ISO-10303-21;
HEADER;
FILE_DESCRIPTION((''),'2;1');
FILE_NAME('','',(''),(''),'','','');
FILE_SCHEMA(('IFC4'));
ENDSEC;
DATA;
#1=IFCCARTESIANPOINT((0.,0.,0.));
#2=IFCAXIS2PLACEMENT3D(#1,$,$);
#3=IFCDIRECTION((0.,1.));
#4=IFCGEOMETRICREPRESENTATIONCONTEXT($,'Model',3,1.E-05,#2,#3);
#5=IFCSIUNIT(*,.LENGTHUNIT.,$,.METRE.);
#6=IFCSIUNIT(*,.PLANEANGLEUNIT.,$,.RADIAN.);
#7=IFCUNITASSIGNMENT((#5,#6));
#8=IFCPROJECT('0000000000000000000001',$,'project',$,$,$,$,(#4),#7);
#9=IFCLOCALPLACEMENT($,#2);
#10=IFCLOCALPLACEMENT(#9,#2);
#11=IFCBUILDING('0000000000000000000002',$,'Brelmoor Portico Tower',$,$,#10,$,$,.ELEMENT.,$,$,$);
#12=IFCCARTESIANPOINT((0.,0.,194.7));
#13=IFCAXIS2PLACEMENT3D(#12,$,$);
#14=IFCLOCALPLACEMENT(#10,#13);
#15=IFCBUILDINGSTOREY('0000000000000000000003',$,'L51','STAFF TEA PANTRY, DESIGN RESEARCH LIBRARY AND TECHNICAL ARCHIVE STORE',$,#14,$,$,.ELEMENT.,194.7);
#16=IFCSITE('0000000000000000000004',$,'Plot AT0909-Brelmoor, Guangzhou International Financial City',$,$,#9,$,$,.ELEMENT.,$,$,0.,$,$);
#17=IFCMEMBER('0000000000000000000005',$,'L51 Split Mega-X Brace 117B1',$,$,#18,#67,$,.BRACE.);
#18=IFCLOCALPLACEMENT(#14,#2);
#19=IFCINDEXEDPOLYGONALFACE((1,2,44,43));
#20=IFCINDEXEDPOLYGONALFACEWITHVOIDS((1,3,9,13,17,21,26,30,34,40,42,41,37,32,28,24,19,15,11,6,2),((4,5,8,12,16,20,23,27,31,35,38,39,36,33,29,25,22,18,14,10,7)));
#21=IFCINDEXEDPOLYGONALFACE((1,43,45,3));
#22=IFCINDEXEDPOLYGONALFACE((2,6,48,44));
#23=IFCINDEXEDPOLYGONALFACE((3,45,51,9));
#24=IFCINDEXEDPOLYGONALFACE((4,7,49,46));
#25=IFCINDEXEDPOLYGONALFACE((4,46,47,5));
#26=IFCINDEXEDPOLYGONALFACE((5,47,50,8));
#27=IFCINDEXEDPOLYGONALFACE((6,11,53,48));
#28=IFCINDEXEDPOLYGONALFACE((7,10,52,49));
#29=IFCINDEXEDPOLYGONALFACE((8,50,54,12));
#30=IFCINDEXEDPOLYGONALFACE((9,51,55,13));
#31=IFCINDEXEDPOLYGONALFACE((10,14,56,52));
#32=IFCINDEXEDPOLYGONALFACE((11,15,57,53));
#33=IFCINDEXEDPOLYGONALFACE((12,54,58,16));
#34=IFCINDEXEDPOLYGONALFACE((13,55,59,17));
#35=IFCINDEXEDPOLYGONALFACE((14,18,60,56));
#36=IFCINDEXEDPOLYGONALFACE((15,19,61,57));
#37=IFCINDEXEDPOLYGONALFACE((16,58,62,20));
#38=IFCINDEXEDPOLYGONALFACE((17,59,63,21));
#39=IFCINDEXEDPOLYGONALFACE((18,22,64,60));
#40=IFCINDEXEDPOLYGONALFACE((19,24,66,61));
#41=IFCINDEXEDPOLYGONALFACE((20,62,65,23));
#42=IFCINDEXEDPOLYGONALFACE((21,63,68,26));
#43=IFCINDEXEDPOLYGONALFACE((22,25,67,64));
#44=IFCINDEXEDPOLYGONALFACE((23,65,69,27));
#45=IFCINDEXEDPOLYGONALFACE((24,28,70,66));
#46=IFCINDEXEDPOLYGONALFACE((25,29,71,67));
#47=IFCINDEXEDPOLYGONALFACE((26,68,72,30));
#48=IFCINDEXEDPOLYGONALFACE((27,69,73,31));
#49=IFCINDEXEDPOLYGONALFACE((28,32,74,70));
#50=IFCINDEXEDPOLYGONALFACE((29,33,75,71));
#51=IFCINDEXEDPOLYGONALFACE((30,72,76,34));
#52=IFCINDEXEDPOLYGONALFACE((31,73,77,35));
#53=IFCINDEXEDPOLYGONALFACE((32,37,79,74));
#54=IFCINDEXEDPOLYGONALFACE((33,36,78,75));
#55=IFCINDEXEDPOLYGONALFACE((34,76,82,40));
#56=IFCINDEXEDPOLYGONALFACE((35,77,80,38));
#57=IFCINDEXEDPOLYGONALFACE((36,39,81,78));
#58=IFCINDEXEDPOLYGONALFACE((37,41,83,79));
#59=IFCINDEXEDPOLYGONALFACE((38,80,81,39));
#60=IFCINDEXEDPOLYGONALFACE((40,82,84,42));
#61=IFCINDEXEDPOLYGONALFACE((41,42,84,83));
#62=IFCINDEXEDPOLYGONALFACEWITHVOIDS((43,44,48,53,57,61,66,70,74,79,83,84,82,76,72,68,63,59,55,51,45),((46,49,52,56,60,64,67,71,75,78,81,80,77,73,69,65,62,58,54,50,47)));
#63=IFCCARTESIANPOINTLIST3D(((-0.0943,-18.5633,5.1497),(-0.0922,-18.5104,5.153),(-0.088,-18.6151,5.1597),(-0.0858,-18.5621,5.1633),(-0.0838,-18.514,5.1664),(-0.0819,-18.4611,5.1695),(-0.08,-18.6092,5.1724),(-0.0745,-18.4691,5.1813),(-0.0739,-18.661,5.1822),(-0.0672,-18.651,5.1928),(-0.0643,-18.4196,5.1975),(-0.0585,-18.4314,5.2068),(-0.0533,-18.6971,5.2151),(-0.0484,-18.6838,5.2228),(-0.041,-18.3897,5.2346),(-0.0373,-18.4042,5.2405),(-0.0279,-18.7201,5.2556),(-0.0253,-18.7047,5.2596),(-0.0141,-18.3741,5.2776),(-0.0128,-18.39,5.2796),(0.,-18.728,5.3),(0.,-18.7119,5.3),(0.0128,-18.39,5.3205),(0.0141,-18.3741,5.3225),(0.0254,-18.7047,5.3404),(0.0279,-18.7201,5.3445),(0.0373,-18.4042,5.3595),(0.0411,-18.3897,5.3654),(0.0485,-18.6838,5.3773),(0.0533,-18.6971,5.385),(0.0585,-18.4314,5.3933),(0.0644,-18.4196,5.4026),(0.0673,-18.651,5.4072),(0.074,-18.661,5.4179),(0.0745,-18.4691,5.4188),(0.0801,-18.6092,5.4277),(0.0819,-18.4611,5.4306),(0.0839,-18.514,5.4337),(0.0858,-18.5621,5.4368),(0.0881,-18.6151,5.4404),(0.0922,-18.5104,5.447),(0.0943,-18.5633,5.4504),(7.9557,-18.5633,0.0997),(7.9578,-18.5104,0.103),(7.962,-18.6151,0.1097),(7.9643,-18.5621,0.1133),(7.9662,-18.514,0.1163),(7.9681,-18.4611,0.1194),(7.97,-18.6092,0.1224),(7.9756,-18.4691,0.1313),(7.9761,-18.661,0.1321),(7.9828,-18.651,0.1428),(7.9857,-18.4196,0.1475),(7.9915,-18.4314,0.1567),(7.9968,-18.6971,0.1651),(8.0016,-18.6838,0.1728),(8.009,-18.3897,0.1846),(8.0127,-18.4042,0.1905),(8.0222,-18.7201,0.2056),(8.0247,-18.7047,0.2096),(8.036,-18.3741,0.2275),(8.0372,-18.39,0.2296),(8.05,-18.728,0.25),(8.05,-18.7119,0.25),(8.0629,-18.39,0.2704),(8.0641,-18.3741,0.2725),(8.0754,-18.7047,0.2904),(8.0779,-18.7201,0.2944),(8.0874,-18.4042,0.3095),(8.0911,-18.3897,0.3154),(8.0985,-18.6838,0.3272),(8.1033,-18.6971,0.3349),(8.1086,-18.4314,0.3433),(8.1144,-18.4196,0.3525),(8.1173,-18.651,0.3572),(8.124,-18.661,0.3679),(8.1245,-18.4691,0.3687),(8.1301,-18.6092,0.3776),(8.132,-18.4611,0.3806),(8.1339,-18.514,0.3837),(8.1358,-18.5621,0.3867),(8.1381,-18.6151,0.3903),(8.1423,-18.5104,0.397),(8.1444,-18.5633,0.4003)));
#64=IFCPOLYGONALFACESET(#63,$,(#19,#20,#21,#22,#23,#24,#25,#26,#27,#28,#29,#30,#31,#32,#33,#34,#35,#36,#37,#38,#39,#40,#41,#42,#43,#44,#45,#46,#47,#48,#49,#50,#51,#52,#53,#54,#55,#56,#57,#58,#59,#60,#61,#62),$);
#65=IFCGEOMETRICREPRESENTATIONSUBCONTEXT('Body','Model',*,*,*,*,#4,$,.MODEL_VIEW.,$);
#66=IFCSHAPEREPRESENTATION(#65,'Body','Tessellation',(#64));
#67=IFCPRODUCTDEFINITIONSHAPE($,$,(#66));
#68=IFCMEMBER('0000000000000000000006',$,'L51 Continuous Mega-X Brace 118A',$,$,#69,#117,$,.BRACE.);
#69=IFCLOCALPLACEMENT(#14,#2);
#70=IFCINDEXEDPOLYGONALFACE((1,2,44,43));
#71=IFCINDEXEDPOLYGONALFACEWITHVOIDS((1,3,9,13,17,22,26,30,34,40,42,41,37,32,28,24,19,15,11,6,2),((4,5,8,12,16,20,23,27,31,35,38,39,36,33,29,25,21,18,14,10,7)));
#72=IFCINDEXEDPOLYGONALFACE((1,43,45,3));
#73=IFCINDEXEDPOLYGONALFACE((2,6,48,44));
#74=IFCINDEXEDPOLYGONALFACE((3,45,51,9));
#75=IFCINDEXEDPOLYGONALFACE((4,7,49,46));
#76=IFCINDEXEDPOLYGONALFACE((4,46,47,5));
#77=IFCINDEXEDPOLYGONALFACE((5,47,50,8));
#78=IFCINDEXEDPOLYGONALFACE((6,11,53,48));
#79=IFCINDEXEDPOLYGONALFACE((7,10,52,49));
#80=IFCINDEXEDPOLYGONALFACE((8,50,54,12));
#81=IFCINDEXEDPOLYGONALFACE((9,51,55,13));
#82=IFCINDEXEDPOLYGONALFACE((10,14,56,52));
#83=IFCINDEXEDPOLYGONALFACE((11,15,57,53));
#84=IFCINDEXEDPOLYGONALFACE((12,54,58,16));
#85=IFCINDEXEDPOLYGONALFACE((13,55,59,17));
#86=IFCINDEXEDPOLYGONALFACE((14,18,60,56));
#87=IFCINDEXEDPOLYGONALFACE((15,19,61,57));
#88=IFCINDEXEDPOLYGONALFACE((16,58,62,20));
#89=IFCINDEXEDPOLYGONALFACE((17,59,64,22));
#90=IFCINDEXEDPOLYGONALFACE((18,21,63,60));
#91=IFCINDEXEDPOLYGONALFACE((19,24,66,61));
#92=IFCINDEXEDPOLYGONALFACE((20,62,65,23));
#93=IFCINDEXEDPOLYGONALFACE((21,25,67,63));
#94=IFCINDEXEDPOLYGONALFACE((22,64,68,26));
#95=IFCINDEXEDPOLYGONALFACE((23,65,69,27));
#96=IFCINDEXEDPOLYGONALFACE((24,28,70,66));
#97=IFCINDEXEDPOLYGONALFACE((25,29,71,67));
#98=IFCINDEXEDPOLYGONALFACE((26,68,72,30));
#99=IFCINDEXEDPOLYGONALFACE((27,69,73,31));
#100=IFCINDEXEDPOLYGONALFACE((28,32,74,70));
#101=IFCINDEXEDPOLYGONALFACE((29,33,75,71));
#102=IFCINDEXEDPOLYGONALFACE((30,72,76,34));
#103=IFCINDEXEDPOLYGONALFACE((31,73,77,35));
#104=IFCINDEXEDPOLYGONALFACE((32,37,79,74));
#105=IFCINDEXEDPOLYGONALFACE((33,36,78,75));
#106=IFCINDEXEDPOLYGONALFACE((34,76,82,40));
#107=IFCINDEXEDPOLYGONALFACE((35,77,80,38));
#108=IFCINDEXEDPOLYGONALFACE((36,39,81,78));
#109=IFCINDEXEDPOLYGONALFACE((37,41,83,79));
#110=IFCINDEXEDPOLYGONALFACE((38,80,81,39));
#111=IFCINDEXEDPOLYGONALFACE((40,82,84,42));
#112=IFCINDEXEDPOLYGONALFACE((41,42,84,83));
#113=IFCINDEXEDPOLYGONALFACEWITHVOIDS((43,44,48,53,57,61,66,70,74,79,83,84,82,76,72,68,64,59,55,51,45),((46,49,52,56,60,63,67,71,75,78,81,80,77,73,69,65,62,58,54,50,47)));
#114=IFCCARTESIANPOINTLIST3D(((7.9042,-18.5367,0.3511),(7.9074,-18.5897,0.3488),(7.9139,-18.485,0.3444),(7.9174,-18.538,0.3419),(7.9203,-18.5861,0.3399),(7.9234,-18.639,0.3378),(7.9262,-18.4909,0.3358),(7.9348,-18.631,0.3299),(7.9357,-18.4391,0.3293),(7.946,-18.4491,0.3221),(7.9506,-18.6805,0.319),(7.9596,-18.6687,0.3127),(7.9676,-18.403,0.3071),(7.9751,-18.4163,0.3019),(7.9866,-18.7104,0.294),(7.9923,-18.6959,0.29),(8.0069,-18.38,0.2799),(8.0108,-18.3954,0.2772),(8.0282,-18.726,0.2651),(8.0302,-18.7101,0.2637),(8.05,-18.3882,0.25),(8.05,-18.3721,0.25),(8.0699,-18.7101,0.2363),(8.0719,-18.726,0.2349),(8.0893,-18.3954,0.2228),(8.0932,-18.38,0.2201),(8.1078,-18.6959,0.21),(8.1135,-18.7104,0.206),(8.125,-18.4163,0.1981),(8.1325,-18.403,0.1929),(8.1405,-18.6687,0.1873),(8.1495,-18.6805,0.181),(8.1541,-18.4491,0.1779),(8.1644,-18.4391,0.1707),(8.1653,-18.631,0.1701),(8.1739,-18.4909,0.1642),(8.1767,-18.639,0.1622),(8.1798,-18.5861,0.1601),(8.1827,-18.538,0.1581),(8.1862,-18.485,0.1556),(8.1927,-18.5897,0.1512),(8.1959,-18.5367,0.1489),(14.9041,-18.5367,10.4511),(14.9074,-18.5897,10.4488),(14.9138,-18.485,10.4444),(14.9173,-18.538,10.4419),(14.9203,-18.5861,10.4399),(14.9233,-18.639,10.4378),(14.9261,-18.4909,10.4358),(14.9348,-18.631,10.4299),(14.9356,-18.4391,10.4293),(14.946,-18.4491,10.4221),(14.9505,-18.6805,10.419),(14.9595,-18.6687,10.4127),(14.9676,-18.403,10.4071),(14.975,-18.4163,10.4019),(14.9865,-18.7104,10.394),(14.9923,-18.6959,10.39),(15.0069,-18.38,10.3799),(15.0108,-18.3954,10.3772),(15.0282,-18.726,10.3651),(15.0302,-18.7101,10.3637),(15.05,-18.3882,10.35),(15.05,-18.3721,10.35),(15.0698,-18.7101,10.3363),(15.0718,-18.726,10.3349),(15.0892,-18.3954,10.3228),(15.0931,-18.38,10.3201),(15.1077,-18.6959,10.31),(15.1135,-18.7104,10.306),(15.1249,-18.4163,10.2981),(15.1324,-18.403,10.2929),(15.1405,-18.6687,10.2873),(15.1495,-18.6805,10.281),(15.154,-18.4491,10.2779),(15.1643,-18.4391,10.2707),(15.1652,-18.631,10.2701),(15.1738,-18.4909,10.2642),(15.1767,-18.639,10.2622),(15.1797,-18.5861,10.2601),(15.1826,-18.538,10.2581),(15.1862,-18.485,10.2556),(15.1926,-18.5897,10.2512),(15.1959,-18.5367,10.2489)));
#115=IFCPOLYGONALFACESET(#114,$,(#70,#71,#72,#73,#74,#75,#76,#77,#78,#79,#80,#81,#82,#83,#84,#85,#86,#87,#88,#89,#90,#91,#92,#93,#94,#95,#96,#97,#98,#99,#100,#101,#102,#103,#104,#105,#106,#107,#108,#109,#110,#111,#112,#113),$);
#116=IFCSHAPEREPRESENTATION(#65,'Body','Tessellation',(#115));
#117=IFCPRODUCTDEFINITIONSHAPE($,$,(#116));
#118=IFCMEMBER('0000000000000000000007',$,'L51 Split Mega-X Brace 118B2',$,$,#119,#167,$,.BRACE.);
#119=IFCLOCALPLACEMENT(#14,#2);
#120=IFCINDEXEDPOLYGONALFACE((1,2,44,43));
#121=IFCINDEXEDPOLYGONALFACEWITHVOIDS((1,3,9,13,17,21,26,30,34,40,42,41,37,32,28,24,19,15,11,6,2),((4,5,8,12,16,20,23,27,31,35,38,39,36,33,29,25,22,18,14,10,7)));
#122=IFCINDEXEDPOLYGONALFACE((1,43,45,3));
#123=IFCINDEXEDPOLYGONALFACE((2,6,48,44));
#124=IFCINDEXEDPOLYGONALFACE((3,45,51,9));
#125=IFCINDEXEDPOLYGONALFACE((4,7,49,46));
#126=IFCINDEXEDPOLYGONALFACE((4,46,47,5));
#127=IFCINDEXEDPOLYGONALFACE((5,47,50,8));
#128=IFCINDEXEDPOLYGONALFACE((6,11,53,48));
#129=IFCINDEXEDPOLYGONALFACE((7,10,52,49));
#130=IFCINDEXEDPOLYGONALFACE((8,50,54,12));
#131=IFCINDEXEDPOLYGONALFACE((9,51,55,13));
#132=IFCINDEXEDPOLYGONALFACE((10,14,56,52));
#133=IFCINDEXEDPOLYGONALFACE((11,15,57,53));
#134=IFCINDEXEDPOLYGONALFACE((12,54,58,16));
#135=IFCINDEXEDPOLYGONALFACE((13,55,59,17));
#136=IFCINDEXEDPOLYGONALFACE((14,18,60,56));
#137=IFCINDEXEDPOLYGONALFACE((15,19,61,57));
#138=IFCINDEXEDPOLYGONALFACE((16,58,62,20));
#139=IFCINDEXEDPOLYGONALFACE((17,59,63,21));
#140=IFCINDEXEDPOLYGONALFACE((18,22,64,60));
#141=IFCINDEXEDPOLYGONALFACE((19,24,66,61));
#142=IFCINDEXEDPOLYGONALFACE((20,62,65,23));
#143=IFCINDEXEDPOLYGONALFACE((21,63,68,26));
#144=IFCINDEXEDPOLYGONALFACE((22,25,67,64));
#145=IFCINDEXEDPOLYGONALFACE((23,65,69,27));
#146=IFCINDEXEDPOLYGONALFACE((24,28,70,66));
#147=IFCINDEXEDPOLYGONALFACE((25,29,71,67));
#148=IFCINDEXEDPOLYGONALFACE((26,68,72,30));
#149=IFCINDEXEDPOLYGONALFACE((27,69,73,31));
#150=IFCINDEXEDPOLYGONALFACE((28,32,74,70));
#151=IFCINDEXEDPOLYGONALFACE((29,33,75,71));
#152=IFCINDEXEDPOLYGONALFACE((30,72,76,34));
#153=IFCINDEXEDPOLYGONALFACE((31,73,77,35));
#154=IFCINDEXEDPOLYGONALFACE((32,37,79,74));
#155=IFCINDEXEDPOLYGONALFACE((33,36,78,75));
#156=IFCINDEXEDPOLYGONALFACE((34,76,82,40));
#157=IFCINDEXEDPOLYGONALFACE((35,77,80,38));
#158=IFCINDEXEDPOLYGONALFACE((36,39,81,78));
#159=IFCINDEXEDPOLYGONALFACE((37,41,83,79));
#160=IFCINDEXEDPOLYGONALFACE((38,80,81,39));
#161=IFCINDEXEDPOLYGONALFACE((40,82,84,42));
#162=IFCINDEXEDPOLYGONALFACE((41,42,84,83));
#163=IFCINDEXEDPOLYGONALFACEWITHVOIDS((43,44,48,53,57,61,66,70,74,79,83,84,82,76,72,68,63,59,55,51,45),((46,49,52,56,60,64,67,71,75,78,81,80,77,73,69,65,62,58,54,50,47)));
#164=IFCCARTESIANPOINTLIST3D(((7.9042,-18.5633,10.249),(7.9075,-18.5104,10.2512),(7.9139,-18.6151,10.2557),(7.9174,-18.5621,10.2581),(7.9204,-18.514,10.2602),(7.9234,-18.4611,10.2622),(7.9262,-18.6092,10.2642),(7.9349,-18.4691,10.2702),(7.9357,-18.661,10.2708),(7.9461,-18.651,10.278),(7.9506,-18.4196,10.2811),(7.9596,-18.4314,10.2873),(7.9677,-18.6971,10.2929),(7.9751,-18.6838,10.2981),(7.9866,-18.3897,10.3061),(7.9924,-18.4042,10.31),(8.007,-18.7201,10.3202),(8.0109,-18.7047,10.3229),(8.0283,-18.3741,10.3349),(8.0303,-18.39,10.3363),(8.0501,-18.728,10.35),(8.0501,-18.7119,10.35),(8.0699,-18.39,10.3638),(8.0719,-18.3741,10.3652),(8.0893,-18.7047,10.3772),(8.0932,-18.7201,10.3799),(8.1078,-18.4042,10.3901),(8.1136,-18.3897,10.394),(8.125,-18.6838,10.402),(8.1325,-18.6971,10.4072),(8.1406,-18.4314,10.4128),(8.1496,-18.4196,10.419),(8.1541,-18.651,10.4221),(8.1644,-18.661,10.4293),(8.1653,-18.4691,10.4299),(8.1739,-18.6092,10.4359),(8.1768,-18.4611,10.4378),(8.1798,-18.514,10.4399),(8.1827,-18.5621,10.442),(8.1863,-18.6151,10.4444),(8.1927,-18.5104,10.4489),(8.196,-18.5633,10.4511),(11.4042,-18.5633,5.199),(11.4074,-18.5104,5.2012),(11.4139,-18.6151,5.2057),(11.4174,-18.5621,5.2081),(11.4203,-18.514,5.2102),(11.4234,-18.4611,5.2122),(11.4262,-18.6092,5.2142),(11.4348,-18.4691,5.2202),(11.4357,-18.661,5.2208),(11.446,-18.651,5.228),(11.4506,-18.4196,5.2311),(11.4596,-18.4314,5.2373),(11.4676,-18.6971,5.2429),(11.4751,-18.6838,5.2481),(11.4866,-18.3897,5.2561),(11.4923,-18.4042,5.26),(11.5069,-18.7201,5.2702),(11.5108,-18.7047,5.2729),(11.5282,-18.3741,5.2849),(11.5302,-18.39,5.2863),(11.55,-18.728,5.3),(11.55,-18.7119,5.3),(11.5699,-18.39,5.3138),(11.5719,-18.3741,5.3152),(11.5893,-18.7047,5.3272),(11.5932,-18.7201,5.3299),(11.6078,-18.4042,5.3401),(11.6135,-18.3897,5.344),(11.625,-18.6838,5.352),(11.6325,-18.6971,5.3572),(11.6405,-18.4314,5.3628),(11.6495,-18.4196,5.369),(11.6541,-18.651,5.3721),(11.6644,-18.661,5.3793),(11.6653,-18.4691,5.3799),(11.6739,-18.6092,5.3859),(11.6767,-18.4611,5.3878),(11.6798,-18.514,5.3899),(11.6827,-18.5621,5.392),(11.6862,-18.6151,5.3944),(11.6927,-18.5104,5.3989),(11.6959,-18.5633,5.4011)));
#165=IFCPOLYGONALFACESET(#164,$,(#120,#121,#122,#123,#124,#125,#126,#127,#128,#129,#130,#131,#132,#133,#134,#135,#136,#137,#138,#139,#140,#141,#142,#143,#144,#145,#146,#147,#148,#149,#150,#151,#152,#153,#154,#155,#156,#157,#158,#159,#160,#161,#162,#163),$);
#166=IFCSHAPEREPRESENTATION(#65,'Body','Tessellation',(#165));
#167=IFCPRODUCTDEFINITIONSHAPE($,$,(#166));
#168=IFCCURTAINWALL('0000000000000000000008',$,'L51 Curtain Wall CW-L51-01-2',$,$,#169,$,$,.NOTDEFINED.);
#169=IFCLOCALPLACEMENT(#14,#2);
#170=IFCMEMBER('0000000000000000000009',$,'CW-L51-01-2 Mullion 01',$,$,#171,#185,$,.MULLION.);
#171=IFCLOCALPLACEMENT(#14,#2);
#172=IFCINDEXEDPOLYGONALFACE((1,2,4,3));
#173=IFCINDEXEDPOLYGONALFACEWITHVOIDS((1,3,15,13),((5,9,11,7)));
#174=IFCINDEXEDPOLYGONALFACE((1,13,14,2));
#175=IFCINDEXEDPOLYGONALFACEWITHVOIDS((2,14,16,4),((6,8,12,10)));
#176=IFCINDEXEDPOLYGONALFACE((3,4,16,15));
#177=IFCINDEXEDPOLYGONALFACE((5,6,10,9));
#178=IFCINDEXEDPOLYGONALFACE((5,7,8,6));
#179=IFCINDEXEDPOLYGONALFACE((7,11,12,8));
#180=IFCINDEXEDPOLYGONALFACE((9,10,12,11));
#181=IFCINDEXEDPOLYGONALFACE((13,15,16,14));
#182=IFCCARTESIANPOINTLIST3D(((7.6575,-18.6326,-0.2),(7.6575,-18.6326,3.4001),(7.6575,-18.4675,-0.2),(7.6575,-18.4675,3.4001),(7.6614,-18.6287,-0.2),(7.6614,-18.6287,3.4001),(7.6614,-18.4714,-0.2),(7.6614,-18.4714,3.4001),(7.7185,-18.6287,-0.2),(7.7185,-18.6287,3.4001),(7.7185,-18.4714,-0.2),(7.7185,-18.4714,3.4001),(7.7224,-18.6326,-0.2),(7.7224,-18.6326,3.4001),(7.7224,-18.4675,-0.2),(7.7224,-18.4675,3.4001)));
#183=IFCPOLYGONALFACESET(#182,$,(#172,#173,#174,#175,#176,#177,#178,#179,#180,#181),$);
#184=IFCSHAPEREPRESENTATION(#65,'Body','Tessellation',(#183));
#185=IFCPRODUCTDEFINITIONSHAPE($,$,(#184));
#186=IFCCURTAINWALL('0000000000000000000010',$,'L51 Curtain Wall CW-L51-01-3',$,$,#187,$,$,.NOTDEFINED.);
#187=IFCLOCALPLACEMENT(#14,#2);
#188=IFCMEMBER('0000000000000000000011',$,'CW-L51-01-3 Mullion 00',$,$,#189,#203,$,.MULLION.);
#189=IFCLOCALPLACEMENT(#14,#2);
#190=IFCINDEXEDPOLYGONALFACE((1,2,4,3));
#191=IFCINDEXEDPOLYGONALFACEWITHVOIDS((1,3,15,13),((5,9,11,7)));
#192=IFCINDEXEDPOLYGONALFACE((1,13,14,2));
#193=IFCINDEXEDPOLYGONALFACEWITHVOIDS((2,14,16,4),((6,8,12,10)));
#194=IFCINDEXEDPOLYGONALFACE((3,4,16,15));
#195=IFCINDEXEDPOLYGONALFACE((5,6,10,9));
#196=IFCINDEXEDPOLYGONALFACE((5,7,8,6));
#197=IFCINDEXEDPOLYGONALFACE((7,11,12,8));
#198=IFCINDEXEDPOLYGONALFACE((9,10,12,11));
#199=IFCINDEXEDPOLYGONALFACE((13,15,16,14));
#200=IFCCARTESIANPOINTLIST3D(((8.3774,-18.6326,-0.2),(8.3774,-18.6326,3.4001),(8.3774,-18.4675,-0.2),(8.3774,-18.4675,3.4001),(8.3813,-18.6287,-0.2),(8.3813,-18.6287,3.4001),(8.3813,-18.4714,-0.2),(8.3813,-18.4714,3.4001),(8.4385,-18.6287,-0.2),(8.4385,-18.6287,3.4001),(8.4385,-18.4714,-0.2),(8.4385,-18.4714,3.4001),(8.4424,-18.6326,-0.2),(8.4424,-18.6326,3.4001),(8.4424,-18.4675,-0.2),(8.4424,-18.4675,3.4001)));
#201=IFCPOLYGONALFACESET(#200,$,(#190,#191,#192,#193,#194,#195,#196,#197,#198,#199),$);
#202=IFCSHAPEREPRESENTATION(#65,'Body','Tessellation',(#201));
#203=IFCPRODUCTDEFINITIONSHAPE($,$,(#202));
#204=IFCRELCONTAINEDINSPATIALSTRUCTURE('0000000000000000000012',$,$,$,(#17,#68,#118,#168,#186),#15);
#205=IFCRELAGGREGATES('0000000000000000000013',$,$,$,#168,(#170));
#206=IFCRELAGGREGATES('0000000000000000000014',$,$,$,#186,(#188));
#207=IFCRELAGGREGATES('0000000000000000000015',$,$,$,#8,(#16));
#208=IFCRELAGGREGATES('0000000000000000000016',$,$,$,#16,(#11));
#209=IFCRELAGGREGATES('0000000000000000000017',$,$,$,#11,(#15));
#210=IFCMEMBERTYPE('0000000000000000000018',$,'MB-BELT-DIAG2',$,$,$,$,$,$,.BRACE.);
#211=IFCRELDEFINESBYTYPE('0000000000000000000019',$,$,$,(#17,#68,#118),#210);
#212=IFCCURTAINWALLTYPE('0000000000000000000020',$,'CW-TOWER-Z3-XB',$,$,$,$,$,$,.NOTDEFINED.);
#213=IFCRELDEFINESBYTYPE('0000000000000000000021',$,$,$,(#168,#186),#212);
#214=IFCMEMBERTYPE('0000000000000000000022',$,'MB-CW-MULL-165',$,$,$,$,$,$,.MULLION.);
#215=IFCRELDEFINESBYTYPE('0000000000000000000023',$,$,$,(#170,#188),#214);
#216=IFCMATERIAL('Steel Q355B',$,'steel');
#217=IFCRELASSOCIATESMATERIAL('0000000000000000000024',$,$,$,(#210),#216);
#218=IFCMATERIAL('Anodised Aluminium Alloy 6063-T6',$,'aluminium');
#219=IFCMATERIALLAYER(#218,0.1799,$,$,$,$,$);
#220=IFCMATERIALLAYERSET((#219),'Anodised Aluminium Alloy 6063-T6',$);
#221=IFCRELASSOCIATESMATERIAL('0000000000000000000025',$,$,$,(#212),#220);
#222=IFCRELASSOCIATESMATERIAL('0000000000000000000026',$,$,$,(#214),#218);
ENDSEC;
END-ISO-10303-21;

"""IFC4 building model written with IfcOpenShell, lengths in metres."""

from ifc_helpers import new_model, si_unit, direction, frame, origin, origin_2d, place, context, subcontext, project, spatial, hollow_rectangle, hollow_circle, extrude, material, layer, layer_set, material_profile, profile_set, type_object, element, aggregate, save


model = new_model("IFC4")

# Units and contexts
model_context = context("Model", 3, precision=1e-05, world=origin(), true_north=direction((0.0, 1.0)))
body_context = subcontext(model_context, "Body", "Model", "MODEL_VIEW")
ifc_project = project(units=[si_unit("LENGTHUNIT", "METRE"), si_unit("PLANEANGLEUNIT", "RADIAN")], contexts=[model_context])

# Site, building, storey
site_placement = place(None, origin())
site = spatial("IfcSite", under=ifc_project, at=site_placement, Name="Plot AT0909-Brelmoor, Guangzhou International Financial City", CompositionType="ELEMENT", RefElevation=0.0)
building_placement = place(site_placement, origin())
building = spatial("IfcBuilding", under=site, at=building_placement, Name="Brelmoor Portico Tower", CompositionType="ELEMENT")
storey_placement = place(building_placement, frame((0.0, 0.0, 194.7)))
storey = spatial("IfcBuildingStorey", under=building, at=storey_placement, Name="L51", Description="STAFF TEA PANTRY, DESIGN RESEARCH LIBRARY AND TECHNICAL ARCHIVE STORE", CompositionType="ELEMENT", Elevation=194.7)

# Shared definitions
ifc_material_1 = material(Name="Steel Q355B", Category="steel")

# Members
ifc_material_profile_1 = material_profile(ifc_material_1, hollow_circle(Radius=0.178, WallThickness=0.0161, at=origin_2d()), Name="CHS 356x16")
ifc_profile_set_1 = profile_set([ifc_material_profile_1], Name="Steel Q355B")
member_type_1 = type_object("IfcMemberType", Name="MB-BELT-DIAG2", PredefinedType="BRACE", material=ifc_profile_set_1)
member_1_placement = place(storey_placement, frame((8.05, -18.55, 0.25), z_axis=(-0.847109, 0.0, 0.531418), x_axis=(0.0, -1.0, 0.0)))
element("IfcMember", 1, at=member_1_placement, inside=storey, type_object=member_type_1, Name="L51 Split Mega-X Brace 117B1", PredefinedType="BRACE", context=body_context, shape_type="SweptSolid", body=[
    extrude(hollow_circle(Radius=0.178, WallThickness=0.0161, at=origin_2d()), origin(), (0.0, 0.0, 1.0), 9.5029),
])
member_2_placement = place(storey_placement, frame((8.05, -18.55, 0.25), z_axis=(0.569629, 0.0, 0.821902), x_axis=(0.0, 1.0, 0.0)))
element("IfcMember", 2, at=member_2_placement, inside=storey, type_object=member_type_1, Name="L51 Continuous Mega-X Brace 118A", PredefinedType="BRACE", context=body_context, shape_type="SweptSolid", body=[
    extrude(hollow_circle(Radius=0.178, WallThickness=0.0161, at=origin_2d()), origin(), (0.0, 0.0, 1.0), 12.2886),
])
member_3_placement = place(storey_placement, frame((11.55, -18.55, 5.3), z_axis=(-0.569629, 0.0, 0.821902), x_axis=(0.0, -1.0, 0.0)))
element("IfcMember", 3, at=member_3_placement, inside=storey, type_object=member_type_1, Name="L51 Split Mega-X Brace 118B2", PredefinedType="BRACE", context=body_context, shape_type="SweptSolid", body=[
    extrude(hollow_circle(Radius=0.178, WallThickness=0.0161, at=origin_2d()), origin(), (0.0, 0.0, 1.0), 6.1443),
])

# Curtain wall, member
ifc_material_2 = material(Name="Anodised Aluminium Alloy 6063-T6", Category="aluminium")
ifc_layer_1 = layer(ifc_material_2, 0.1799)
ifc_layer_set_1 = layer_set([ifc_layer_1], Name="Anodised Aluminium Alloy 6063-T6")
curtain_wall_type = type_object("IfcCurtainWallType", Name="CW-TOWER-Z3-XB", PredefinedType="NOTDEFINED", material=ifc_layer_set_1)
curtain_wall_1_placement = place(storey_placement, origin())
curtain_wall_1 = element("IfcCurtainWall", 4, at=curtain_wall_1_placement, inside=storey, type_object=curtain_wall_type, Name="L51 Curtain Wall CW-L51-01-2", PredefinedType="NOTDEFINED")
ifc_material_profile_2 = material_profile(ifc_material_2, hollow_rectangle(XDim=0.0649, YDim=0.165, WallThickness=0.0039, at=origin_2d()), Name="ALU MULLION 65x165")
ifc_profile_set_2 = profile_set([ifc_material_profile_2], Name="Anodised Aluminium Alloy 6063-T6")
member_type_2 = type_object("IfcMemberType", Name="MB-CW-MULL-165", PredefinedType="MULLION", material=ifc_profile_set_2)
member_4_placement = place(storey_placement, frame((7.6899, -18.55, -0.2), z_axis=(0.0, 0.0, 1.0), x_axis=(1.0, 0.0, 0.0)))
member_4 = element("IfcMember", 5, at=member_4_placement, type_object=member_type_2, Name="CW-L51-01-2 Mullion 01", PredefinedType="MULLION", context=body_context, shape_type="SweptSolid", body=[
    extrude(hollow_rectangle(XDim=0.0649, YDim=0.165, WallThickness=0.0039, at=origin_2d()), origin(), (0.0, 0.0, 1.0), 3.6001),
])

# Curtain wall, member
curtain_wall_2_placement = place(storey_placement, origin())
curtain_wall_2 = element("IfcCurtainWall", 6, at=curtain_wall_2_placement, inside=storey, type_object=curtain_wall_type, Name="L51 Curtain Wall CW-L51-01-3", PredefinedType="NOTDEFINED")
member_5_placement = place(storey_placement, frame((8.4099, -18.55, -0.2), z_axis=(0.0, 0.0, 1.0), x_axis=(1.0, 0.0, 0.0)))
member_5 = element("IfcMember", 7, at=member_5_placement, type_object=member_type_2, Name="CW-L51-01-3 Mullion 00", PredefinedType="MULLION", context=body_context, shape_type="SweptSolid", body=[
    extrude(hollow_rectangle(XDim=0.0649, YDim=0.165, WallThickness=0.0039, at=origin_2d()), origin(), (0.0, 0.0, 1.0), 3.6001),
])

aggregate(curtain_wall_1, [member_4])
aggregate(curtain_wall_2, [member_5])

save(model, "model.ifc")
